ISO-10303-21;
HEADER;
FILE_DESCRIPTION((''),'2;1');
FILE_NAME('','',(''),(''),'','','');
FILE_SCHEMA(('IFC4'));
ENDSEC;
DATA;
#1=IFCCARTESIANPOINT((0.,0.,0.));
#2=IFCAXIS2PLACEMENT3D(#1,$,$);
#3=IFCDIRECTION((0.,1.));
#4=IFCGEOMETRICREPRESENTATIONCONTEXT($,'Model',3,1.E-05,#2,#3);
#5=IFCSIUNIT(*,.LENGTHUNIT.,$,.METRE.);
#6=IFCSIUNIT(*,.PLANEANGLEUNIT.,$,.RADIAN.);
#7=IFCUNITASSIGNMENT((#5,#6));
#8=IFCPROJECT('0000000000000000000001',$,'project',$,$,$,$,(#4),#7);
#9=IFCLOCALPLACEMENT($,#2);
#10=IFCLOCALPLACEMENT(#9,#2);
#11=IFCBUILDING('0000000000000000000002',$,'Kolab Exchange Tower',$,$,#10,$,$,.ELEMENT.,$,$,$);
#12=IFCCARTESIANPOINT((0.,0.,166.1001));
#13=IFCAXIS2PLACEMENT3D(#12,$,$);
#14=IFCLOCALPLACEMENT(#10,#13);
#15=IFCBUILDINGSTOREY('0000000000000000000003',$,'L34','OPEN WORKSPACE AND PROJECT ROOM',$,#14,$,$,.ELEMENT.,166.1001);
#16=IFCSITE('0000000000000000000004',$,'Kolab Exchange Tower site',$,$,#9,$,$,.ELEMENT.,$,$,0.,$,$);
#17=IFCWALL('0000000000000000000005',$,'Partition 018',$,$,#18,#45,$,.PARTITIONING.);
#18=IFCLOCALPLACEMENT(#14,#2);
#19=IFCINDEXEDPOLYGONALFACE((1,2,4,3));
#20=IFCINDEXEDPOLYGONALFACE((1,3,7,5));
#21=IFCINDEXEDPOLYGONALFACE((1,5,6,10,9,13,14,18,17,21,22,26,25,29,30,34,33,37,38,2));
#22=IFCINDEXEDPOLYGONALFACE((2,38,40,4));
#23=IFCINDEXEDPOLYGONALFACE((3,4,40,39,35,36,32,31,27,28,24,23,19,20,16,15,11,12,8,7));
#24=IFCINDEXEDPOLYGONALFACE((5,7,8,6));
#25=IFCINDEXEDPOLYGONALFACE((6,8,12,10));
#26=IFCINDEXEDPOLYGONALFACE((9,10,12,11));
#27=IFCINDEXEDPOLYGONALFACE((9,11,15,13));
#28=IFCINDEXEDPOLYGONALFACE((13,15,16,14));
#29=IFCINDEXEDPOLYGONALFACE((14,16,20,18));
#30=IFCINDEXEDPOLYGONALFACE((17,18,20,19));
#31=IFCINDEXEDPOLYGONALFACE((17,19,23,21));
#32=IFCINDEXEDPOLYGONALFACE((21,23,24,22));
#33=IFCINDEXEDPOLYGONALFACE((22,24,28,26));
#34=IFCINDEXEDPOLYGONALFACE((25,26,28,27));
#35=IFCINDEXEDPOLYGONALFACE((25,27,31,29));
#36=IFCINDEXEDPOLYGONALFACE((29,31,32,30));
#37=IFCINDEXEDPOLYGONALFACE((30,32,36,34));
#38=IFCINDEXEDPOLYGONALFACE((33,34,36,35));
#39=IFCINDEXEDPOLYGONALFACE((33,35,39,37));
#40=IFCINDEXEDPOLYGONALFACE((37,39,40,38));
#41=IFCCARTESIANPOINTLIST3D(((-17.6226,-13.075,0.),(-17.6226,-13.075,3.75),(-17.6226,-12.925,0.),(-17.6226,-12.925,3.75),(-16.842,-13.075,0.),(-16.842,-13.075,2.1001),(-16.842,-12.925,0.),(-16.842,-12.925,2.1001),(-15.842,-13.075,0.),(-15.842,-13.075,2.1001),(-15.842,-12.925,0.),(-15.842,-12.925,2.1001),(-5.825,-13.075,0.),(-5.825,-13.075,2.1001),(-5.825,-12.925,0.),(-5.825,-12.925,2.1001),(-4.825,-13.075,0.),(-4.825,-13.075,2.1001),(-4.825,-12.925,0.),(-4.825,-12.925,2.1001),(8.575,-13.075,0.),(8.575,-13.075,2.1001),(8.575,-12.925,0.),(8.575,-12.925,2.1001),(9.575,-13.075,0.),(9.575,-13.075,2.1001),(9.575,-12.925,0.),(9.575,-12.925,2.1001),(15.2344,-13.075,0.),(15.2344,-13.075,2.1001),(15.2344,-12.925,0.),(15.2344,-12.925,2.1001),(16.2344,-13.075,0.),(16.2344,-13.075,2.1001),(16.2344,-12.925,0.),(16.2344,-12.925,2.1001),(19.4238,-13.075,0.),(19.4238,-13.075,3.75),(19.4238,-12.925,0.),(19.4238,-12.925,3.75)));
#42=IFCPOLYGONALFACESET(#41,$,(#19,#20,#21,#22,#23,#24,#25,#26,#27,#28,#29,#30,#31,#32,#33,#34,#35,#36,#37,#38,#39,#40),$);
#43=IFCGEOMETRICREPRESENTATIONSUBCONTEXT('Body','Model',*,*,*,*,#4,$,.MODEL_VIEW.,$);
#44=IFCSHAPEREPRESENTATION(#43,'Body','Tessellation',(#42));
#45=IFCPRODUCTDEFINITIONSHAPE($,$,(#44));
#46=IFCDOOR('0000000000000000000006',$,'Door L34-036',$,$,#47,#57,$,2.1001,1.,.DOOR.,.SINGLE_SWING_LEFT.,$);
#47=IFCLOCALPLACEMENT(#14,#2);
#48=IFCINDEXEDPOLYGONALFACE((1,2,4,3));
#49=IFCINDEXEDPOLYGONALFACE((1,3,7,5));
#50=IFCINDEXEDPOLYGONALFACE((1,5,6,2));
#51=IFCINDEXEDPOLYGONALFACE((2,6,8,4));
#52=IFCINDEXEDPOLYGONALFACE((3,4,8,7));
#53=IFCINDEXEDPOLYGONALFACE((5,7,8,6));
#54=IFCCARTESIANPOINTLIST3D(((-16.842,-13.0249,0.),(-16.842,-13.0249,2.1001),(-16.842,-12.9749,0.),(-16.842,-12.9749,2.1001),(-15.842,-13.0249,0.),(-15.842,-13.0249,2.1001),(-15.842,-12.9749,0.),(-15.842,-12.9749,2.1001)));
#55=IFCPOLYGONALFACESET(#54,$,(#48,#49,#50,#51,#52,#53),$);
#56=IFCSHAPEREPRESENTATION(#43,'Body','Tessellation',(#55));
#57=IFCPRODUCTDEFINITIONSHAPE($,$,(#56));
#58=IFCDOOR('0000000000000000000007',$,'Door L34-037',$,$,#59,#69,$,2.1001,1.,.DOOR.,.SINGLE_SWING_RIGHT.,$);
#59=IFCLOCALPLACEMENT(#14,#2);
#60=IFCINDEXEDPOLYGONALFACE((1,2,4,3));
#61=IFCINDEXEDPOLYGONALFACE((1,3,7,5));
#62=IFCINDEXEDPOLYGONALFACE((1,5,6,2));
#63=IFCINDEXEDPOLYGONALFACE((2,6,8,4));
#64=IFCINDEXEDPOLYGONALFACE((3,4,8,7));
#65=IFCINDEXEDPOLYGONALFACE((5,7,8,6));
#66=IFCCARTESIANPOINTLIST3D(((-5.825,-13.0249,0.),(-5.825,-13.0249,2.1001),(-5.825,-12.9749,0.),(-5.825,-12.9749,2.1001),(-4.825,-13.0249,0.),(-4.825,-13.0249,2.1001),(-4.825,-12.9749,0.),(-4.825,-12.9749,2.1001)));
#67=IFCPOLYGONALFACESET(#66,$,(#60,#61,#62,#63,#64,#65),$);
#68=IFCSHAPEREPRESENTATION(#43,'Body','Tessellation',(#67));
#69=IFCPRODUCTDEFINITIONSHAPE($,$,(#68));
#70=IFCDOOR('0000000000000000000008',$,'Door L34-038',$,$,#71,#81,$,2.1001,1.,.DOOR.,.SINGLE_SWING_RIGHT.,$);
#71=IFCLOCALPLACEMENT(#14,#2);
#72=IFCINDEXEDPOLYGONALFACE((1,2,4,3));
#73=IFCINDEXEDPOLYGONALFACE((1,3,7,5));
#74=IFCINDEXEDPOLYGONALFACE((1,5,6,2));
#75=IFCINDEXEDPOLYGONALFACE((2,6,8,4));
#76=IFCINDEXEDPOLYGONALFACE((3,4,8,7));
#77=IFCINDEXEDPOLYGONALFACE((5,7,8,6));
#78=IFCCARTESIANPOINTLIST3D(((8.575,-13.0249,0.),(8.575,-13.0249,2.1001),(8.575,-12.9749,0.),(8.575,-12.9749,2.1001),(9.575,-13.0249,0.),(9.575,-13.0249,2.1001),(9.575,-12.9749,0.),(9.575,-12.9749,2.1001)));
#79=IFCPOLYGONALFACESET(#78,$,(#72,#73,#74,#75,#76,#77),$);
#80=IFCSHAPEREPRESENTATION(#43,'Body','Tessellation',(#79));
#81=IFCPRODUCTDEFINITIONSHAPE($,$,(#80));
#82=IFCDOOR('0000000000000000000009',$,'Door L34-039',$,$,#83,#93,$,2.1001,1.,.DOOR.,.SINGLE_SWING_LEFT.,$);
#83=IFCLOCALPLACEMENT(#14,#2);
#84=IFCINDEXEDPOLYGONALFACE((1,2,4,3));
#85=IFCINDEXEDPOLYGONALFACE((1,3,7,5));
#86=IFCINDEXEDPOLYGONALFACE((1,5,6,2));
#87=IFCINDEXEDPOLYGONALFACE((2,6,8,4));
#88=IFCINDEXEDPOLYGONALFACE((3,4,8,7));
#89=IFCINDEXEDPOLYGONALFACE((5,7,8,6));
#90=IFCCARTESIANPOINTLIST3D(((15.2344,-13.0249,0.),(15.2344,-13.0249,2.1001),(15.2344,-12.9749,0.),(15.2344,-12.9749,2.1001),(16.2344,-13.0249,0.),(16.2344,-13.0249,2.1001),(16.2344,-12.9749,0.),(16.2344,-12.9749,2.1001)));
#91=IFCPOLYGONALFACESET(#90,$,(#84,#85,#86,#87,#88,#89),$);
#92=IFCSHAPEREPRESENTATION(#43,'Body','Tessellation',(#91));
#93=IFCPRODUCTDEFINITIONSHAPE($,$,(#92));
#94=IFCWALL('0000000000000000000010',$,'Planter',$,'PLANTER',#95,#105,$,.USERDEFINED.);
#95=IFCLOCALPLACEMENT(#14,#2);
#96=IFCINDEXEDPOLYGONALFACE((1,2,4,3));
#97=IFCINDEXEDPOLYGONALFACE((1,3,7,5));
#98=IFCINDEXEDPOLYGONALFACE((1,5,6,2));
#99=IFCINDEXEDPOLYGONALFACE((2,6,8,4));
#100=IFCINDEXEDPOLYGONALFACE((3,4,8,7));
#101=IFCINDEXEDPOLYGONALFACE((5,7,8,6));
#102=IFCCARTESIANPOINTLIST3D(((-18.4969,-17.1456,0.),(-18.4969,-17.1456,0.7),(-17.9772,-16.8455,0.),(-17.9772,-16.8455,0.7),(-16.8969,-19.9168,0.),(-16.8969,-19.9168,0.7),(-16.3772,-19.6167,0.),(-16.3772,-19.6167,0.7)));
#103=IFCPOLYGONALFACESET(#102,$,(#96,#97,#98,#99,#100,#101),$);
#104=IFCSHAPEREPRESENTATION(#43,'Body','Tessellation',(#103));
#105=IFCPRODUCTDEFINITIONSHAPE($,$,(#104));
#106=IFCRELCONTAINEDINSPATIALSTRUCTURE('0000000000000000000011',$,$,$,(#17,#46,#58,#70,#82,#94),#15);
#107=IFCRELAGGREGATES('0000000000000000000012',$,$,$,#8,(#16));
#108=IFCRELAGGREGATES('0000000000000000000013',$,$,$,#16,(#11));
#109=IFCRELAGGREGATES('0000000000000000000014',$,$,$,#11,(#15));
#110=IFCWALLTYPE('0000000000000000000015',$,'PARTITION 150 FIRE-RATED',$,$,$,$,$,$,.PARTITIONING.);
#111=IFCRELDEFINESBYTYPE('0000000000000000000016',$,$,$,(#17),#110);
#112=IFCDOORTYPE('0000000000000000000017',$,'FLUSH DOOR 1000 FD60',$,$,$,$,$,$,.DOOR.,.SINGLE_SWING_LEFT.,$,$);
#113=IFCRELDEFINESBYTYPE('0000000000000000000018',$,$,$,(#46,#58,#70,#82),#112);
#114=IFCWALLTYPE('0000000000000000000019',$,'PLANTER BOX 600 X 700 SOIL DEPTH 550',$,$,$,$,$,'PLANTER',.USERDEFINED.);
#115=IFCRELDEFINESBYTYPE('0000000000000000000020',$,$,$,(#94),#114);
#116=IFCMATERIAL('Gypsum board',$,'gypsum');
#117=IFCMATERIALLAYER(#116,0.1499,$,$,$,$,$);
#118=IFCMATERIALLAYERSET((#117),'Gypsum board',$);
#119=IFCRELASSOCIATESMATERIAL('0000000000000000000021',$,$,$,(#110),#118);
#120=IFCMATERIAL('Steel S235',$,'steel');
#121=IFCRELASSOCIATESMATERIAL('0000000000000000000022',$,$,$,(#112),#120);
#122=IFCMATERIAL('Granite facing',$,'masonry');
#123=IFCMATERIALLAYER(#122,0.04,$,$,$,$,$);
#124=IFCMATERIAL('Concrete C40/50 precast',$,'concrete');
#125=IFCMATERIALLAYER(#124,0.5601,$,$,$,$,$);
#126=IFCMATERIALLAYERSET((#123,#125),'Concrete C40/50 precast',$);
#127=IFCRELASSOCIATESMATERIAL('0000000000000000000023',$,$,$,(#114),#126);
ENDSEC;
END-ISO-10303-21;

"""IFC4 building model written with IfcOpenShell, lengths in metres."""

from ifc_helpers import new_model, si_unit, direction, frame, frame_2d, origin, place, context, subcontext, project, spatial, rectangle, extrude, material, layer, layer_set, type_object, element, fill, save


model = new_model("IFC4")

# Units and contexts
model_context = context("Model", 3, precision=1e-05, world=origin(), true_north=direction((0.0, 1.0)))
body_context = subcontext(model_context, "Body", "Model", "MODEL_VIEW")
ifc_project = project(units=[si_unit("LENGTHUNIT", "METRE"), si_unit("PLANEANGLEUNIT", "RADIAN")], contexts=[model_context])

# Site, building, storey
site_placement = place(None, origin())
site = spatial("IfcSite", under=ifc_project, at=site_placement, Name="Kolab Exchange Tower site", CompositionType="ELEMENT", RefElevation=0.0)
building_placement = place(site_placement, origin())
building = spatial("IfcBuilding", under=site, at=building_placement, Name="Kolab Exchange Tower", CompositionType="ELEMENT")
storey_placement = place(building_placement, frame((0.0, 0.0, 166.1001)))
storey = spatial("IfcBuildingStorey", under=building, at=storey_placement, Name="L34", Description="OPEN WORKSPACE AND PROJECT ROOM", CompositionType="ELEMENT", Elevation=166.1001)

# Shared definitions
ifc_material_1 = material(Name="Gypsum board", Category="gypsum")
ifc_layer_1 = layer(ifc_material_1, 0.1499)
ifc_layer_set_1 = layer_set([ifc_layer_1], Name="Gypsum board")
wall_type_1 = type_object("IfcWallType", Name="PARTITION 150 FIRE-RATED", PredefinedType="PARTITIONING", material=ifc_layer_set_1)

# Wall, openings, doors
wall_1_placement = place(storey_placement, frame((-17.6226, -13.0, 0.0), z_axis=(0.0, 0.0, 1.0), x_axis=(1.0, 0.0, 0.0)))
wall_1 = element("IfcWall", 1, at=wall_1_placement, inside=storey, type_object=wall_type_1, Name="Partition 018", PredefinedType="PARTITIONING", context=body_context, shape_type="SweptSolid", body=[
    extrude(rectangle(XDim=37.0464, YDim=0.1499, at=frame_2d((18.5232, 0.0))), origin(), (0.0, 0.0, 1.0), 3.75),
])
opening_1_placement = place(wall_1_placement, frame((0.7805, 0.0, 0.0)))
opening_1 = element("IfcOpeningElement", 2, at=opening_1_placement, cuts=wall_1, PredefinedType="OPENING", context=body_context, shape_type="SweptSolid", body=[
    extrude(rectangle(XDim=1.0, YDim=2.1001, at=frame_2d((0.5, 1.05))), frame((0.0, 0.085, 0.0), z_axis=(0.0, -1.0, 0.0), x_axis=(1.0, 0.0, 0.0)), (0.0, 0.0, 1.0), 0.1699),
])
opening_2_placement = place(wall_1_placement, frame((11.7976, 0.0, 0.0)))
opening_2 = element("IfcOpeningElement", 3, at=opening_2_placement, cuts=wall_1, PredefinedType="OPENING", context=body_context, shape_type="SweptSolid", body=[
    extrude(rectangle(XDim=1.0, YDim=2.1001, at=frame_2d((0.5, 1.05))), frame((0.0, 0.085, 0.0), z_axis=(0.0, -1.0, 0.0), x_axis=(1.0, 0.0, 0.0)), (0.0, 0.0, 1.0), 0.1699),
])
opening_3_placement = place(wall_1_placement, frame((26.1975, 0.0, 0.0)))
opening_3 = element("IfcOpeningElement", 4, at=opening_3_placement, cuts=wall_1, PredefinedType="OPENING", context=body_context, shape_type="SweptSolid", body=[
    extrude(rectangle(XDim=1.0, YDim=2.1001, at=frame_2d((0.5, 1.05))), frame((0.0, 0.085, 0.0), z_axis=(0.0, -1.0, 0.0), x_axis=(1.0, 0.0, 0.0)), (0.0, 0.0, 1.0), 0.1699),
])
opening_4_placement = place(wall_1_placement, frame((32.8569, 0.0, 0.0)))
opening_4 = element("IfcOpeningElement", 5, at=opening_4_placement, cuts=wall_1, PredefinedType="OPENING", context=body_context, shape_type="SweptSolid", body=[
    extrude(rectangle(XDim=1.0, YDim=2.1001, at=frame_2d((0.5, 1.05))), frame((0.0, 0.085, 0.0), z_axis=(0.0, -1.0, 0.0), x_axis=(1.0, 0.0, 0.0)), (0.0, 0.0, 1.0), 0.1699),
])
ifc_material_2 = material(Name="Steel S235", Category="steel")
door_type_1 = type_object("IfcDoorType", Name="FLUSH DOOR 1000 FD60", OperationType="SINGLE_SWING_LEFT", PredefinedType="DOOR", material=ifc_material_2)
door_1_placement = place(opening_1_placement, frame((1.0, 0.0, 0.0), z_axis=(0.0, 0.0, 1.0), x_axis=(-1.0, 0.0, 0.0)))
door_1 = element("IfcDoor", 6, at=door_1_placement, inside=storey, type_object=door_type_1, Name="Door L34-036", OperationType="SINGLE_SWING_LEFT", OverallHeight=2.1001, OverallWidth=1.0, PredefinedType="DOOR", context=body_context, shape_type="SweptSolid", body=[
    extrude(rectangle(XDim=1.0, YDim=2.1001, at=frame_2d((0.5, 1.05))), frame((0.0, 0.0249, 0.0), z_axis=(0.0, -1.0, 0.0), x_axis=(1.0, 0.0, 0.0)), (0.0, 0.0, 1.0), 0.05),
])
fill(opening_1, door_1)
door_2_placement = place(opening_2_placement, frame((1.0, 0.0, 0.0), z_axis=(0.0, 0.0, 1.0), x_axis=(-1.0, 0.0, 0.0)))
door_2 = element("IfcDoor", 7, at=door_2_placement, inside=storey, type_object=door_type_1, Name="Door L34-037", OperationType="SINGLE_SWING_RIGHT", OverallHeight=2.1001, OverallWidth=1.0, PredefinedType="DOOR", context=body_context, shape_type="SweptSolid", body=[
    extrude(rectangle(XDim=1.0, YDim=2.1001, at=frame_2d((0.5, 1.05))), frame((0.0, 0.0249, 0.0), z_axis=(0.0, -1.0, 0.0), x_axis=(1.0, 0.0, 0.0)), (0.0, 0.0, 1.0), 0.05),
])
fill(opening_2, door_2)
door_3_placement = place(opening_3_placement, frame((1.0, 0.0, 0.0), z_axis=(0.0, 0.0, 1.0), x_axis=(-1.0, 0.0, 0.0)))
door_3 = element("IfcDoor", 8, at=door_3_placement, inside=storey, type_object=door_type_1, Name="Door L34-038", OperationType="SINGLE_SWING_RIGHT", OverallHeight=2.1001, OverallWidth=1.0, PredefinedType="DOOR", context=body_context, shape_type="SweptSolid", body=[
    extrude(rectangle(XDim=1.0, YDim=2.1001, at=frame_2d((0.5, 1.05))), frame((0.0, 0.0249, 0.0), z_axis=(0.0, -1.0, 0.0), x_axis=(1.0, 0.0, 0.0)), (0.0, 0.0, 1.0), 0.05),
])
fill(opening_3, door_3)
door_4_placement = place(opening_4_placement, frame((1.0, 0.0, 0.0), z_axis=(0.0, 0.0, 1.0), x_axis=(-1.0, 0.0, 0.0)))
door_4 = element("IfcDoor", 9, at=door_4_placement, inside=storey, type_object=door_type_1, Name="Door L34-039", OperationType="SINGLE_SWING_LEFT", OverallHeight=2.1001, OverallWidth=1.0, PredefinedType="DOOR", context=body_context, shape_type="SweptSolid", body=[
    extrude(rectangle(XDim=1.0, YDim=2.1001, at=frame_2d((0.5, 1.05))), frame((0.0, 0.0249, 0.0), z_axis=(0.0, -1.0, 0.0), x_axis=(1.0, 0.0, 0.0)), (0.0, 0.0, 1.0), 0.05),
])
fill(opening_4, door_4)

# Wall
ifc_material_3 = material(Name="Granite facing", Category="masonry")
ifc_layer_2 = layer(ifc_material_3, 0.04)
ifc_material_4 = material(Name="Concrete C40/50 precast", Category="concrete")
ifc_layer_3 = layer(ifc_material_4, 0.5601)
ifc_layer_set_2 = layer_set([ifc_layer_2, ifc_layer_3], Name="Concrete C40/50 precast")
wall_type_2 = type_object("IfcWallType", Name="PLANTER BOX 600 X 700 SOIL DEPTH 550", ElementType="PLANTER", PredefinedType="USERDEFINED", material=ifc_layer_set_2)
wall_2_placement = place(storey_placement, frame((-16.637, -19.7668, 0.0), z_axis=(0.0, 0.0, 1.0), x_axis=(-0.500028, 0.866009, 0.0)))
element("IfcWall", 10, at=wall_2_placement, inside=storey, type_object=wall_type_2, Name="Planter", ObjectType="PLANTER", PredefinedType="USERDEFINED", context=body_context, shape_type="SweptSolid", body=[
    extrude(rectangle(XDim=3.2, YDim=0.6001, at=frame_2d((1.6001, 0.0))), origin(), (0.0, 0.0, 1.0), 0.7),
])

save(model, "model.ifc")
